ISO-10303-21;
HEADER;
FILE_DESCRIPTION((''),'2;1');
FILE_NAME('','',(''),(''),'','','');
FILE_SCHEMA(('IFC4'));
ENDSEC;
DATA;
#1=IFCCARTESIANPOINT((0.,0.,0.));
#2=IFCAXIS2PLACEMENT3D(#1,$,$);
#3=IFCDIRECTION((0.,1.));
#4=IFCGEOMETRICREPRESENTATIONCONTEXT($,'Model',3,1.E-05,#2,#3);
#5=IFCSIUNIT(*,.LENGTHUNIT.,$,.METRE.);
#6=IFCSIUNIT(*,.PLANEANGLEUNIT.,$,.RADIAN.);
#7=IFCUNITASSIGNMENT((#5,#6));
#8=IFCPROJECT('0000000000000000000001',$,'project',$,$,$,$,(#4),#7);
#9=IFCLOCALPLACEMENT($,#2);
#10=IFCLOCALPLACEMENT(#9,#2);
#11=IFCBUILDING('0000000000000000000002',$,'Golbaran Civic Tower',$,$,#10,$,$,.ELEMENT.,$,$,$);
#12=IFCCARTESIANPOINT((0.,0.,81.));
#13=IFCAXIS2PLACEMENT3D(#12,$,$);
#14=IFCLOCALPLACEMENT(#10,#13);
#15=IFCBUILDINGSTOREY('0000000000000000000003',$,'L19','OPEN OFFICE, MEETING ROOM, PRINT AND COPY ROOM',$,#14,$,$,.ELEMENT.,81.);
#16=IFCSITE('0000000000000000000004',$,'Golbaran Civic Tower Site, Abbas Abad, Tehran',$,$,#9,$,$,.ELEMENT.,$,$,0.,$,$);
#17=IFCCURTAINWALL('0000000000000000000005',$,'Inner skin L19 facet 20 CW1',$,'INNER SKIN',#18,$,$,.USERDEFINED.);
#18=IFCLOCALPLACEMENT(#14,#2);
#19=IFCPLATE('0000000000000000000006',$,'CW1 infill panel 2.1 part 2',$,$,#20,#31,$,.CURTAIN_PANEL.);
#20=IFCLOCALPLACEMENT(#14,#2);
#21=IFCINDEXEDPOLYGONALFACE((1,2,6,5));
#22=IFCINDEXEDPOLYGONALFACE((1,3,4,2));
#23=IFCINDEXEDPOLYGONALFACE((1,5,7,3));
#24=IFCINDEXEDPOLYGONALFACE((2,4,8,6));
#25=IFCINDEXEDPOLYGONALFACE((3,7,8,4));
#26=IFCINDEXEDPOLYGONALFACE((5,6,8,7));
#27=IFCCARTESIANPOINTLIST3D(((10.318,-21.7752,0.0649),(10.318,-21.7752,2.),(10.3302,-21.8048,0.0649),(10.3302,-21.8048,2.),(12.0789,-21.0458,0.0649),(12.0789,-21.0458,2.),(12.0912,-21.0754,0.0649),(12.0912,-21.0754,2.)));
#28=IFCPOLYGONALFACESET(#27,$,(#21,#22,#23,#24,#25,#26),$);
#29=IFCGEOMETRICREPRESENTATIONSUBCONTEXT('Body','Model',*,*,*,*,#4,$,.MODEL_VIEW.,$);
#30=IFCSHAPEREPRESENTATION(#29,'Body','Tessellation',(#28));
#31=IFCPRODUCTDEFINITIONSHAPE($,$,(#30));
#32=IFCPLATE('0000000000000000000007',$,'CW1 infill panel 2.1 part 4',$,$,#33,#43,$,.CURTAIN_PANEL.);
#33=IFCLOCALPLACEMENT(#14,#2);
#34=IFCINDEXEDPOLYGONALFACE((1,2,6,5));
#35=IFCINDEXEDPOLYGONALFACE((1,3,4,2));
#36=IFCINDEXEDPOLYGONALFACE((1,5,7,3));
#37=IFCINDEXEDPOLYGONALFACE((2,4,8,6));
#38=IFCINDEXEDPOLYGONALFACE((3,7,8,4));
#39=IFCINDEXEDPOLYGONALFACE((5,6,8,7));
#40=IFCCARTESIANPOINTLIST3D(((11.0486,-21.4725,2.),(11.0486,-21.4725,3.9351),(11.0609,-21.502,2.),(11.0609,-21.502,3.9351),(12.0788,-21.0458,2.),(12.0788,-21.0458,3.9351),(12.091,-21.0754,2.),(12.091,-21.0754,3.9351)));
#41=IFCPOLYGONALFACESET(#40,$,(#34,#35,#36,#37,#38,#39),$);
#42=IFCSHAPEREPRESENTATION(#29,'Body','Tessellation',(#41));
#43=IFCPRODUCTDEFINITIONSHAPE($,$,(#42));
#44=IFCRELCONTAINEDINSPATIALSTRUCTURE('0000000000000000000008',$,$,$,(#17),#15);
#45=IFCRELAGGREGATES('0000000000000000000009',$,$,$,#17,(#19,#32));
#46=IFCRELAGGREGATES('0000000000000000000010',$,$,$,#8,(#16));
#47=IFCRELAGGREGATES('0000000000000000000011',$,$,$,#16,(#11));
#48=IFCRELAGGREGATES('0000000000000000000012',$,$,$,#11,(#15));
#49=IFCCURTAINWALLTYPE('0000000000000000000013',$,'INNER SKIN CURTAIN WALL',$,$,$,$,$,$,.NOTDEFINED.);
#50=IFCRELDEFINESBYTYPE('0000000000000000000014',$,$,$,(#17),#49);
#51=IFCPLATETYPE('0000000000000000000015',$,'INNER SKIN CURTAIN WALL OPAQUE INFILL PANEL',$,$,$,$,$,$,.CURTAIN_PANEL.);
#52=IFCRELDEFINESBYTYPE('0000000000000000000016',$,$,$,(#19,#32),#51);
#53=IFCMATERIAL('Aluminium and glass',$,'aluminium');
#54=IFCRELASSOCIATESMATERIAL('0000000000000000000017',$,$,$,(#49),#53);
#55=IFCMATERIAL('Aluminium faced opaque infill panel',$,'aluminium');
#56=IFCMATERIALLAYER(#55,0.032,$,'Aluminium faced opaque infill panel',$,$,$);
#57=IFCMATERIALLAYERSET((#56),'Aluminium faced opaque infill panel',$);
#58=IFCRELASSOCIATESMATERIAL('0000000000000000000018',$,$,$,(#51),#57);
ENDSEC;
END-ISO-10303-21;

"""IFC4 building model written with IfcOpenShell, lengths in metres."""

from ifc_helpers import new_model, si_unit, direction, frame, origin, origin_2d, place, context, subcontext, project, spatial, rectangle, extrude, material, layer, layer_set, type_object, element, aggregate, save


model = new_model("IFC4")

# Units and contexts
model_context = context("Model", 3, precision=1e-05, world=origin(), true_north=direction((0.0, 1.0)))
body_context = subcontext(model_context, "Body", "Model", "MODEL_VIEW")
ifc_project = project(units=[si_unit("LENGTHUNIT", "METRE"), si_unit("PLANEANGLEUNIT", "RADIAN")], contexts=[model_context])

# Site, building, storey
site_placement = place(None, origin())
site = spatial("IfcSite", under=ifc_project, at=site_placement, Name="Golbaran Civic Tower Site, Abbas Abad, Tehran", CompositionType="ELEMENT", RefElevation=0.0)
building_placement = place(site_placement, origin())
building = spatial("IfcBuilding", under=site, at=building_placement, Name="Golbaran Civic Tower", CompositionType="ELEMENT")
storey_placement = place(building_placement, frame((0.0, 0.0, 81.0)))
storey = spatial("IfcBuildingStorey", under=building, at=storey_placement, Name="L19", Description="OPEN OFFICE, MEETING ROOM, PRINT AND COPY ROOM", CompositionType="ELEMENT", Elevation=81.0)

# Curtain wall
ifc_material_1 = material(Name="Aluminium and glass", Category="aluminium")
curtain_wall_type = type_object("IfcCurtainWallType", Name="INNER SKIN CURTAIN WALL", PredefinedType="NOTDEFINED", material=ifc_material_1)
curtain_wall_1_placement = place(storey_placement, origin())
curtain_wall_1 = element("IfcCurtainWall", 1, at=curtain_wall_1_placement, inside=storey, type_object=curtain_wall_type, Name="Inner skin L19 facet 20 CW1", ObjectType="INNER SKIN", PredefinedType="USERDEFINED")

# Plates
ifc_material_2 = material(Name="Aluminium faced opaque infill panel", Category="aluminium")
ifc_layer_1 = layer(ifc_material_2, 0.032, Name="Aluminium faced opaque infill panel")
ifc_layer_set_1 = layer_set([ifc_layer_1], Name="Aluminium faced opaque infill panel")
plate_type_1 = type_object("IfcPlateType", Name="INNER SKIN CURTAIN WALL OPAQUE INFILL PANEL", PredefinedType="CURTAIN_PANEL", material=ifc_layer_set_1)
plate_1_placement = place(storey_placement, frame((11.2046, -21.4253, 0.0649), z_axis=(0.0, 0.0, 1.0), x_axis=(0.92388, 0.382683, 0.0)))
plate_1 = element("IfcPlate", 2, at=plate_1_placement, type_object=plate_type_1, Name="CW1 infill panel 2.1 part 2", PredefinedType="CURTAIN_PANEL", context=body_context, shape_type="SweptSolid", body=[
    extrude(rectangle(XDim=1.906, YDim=0.032, at=origin_2d()), origin(), (0.0, 0.0, 1.0), 1.9351),
])
plate_2_placement = place(storey_placement, frame((11.5698, -21.2739, 2.0), z_axis=(0.0, 0.0, 1.0), x_axis=(0.92388, 0.382683, 0.0)))
plate_2 = element("IfcPlate", 3, at=plate_2_placement, type_object=plate_type_1, Name="CW1 infill panel 2.1 part 4", PredefinedType="CURTAIN_PANEL", context=body_context, shape_type="SweptSolid", body=[
    extrude(rectangle(XDim=1.115, YDim=0.032, at=origin_2d()), origin(), (0.0, 0.0, 1.0), 1.9351),
])
aggregate(curtain_wall_1, [plate_1, plate_2])

save(model, "model.ifc")
